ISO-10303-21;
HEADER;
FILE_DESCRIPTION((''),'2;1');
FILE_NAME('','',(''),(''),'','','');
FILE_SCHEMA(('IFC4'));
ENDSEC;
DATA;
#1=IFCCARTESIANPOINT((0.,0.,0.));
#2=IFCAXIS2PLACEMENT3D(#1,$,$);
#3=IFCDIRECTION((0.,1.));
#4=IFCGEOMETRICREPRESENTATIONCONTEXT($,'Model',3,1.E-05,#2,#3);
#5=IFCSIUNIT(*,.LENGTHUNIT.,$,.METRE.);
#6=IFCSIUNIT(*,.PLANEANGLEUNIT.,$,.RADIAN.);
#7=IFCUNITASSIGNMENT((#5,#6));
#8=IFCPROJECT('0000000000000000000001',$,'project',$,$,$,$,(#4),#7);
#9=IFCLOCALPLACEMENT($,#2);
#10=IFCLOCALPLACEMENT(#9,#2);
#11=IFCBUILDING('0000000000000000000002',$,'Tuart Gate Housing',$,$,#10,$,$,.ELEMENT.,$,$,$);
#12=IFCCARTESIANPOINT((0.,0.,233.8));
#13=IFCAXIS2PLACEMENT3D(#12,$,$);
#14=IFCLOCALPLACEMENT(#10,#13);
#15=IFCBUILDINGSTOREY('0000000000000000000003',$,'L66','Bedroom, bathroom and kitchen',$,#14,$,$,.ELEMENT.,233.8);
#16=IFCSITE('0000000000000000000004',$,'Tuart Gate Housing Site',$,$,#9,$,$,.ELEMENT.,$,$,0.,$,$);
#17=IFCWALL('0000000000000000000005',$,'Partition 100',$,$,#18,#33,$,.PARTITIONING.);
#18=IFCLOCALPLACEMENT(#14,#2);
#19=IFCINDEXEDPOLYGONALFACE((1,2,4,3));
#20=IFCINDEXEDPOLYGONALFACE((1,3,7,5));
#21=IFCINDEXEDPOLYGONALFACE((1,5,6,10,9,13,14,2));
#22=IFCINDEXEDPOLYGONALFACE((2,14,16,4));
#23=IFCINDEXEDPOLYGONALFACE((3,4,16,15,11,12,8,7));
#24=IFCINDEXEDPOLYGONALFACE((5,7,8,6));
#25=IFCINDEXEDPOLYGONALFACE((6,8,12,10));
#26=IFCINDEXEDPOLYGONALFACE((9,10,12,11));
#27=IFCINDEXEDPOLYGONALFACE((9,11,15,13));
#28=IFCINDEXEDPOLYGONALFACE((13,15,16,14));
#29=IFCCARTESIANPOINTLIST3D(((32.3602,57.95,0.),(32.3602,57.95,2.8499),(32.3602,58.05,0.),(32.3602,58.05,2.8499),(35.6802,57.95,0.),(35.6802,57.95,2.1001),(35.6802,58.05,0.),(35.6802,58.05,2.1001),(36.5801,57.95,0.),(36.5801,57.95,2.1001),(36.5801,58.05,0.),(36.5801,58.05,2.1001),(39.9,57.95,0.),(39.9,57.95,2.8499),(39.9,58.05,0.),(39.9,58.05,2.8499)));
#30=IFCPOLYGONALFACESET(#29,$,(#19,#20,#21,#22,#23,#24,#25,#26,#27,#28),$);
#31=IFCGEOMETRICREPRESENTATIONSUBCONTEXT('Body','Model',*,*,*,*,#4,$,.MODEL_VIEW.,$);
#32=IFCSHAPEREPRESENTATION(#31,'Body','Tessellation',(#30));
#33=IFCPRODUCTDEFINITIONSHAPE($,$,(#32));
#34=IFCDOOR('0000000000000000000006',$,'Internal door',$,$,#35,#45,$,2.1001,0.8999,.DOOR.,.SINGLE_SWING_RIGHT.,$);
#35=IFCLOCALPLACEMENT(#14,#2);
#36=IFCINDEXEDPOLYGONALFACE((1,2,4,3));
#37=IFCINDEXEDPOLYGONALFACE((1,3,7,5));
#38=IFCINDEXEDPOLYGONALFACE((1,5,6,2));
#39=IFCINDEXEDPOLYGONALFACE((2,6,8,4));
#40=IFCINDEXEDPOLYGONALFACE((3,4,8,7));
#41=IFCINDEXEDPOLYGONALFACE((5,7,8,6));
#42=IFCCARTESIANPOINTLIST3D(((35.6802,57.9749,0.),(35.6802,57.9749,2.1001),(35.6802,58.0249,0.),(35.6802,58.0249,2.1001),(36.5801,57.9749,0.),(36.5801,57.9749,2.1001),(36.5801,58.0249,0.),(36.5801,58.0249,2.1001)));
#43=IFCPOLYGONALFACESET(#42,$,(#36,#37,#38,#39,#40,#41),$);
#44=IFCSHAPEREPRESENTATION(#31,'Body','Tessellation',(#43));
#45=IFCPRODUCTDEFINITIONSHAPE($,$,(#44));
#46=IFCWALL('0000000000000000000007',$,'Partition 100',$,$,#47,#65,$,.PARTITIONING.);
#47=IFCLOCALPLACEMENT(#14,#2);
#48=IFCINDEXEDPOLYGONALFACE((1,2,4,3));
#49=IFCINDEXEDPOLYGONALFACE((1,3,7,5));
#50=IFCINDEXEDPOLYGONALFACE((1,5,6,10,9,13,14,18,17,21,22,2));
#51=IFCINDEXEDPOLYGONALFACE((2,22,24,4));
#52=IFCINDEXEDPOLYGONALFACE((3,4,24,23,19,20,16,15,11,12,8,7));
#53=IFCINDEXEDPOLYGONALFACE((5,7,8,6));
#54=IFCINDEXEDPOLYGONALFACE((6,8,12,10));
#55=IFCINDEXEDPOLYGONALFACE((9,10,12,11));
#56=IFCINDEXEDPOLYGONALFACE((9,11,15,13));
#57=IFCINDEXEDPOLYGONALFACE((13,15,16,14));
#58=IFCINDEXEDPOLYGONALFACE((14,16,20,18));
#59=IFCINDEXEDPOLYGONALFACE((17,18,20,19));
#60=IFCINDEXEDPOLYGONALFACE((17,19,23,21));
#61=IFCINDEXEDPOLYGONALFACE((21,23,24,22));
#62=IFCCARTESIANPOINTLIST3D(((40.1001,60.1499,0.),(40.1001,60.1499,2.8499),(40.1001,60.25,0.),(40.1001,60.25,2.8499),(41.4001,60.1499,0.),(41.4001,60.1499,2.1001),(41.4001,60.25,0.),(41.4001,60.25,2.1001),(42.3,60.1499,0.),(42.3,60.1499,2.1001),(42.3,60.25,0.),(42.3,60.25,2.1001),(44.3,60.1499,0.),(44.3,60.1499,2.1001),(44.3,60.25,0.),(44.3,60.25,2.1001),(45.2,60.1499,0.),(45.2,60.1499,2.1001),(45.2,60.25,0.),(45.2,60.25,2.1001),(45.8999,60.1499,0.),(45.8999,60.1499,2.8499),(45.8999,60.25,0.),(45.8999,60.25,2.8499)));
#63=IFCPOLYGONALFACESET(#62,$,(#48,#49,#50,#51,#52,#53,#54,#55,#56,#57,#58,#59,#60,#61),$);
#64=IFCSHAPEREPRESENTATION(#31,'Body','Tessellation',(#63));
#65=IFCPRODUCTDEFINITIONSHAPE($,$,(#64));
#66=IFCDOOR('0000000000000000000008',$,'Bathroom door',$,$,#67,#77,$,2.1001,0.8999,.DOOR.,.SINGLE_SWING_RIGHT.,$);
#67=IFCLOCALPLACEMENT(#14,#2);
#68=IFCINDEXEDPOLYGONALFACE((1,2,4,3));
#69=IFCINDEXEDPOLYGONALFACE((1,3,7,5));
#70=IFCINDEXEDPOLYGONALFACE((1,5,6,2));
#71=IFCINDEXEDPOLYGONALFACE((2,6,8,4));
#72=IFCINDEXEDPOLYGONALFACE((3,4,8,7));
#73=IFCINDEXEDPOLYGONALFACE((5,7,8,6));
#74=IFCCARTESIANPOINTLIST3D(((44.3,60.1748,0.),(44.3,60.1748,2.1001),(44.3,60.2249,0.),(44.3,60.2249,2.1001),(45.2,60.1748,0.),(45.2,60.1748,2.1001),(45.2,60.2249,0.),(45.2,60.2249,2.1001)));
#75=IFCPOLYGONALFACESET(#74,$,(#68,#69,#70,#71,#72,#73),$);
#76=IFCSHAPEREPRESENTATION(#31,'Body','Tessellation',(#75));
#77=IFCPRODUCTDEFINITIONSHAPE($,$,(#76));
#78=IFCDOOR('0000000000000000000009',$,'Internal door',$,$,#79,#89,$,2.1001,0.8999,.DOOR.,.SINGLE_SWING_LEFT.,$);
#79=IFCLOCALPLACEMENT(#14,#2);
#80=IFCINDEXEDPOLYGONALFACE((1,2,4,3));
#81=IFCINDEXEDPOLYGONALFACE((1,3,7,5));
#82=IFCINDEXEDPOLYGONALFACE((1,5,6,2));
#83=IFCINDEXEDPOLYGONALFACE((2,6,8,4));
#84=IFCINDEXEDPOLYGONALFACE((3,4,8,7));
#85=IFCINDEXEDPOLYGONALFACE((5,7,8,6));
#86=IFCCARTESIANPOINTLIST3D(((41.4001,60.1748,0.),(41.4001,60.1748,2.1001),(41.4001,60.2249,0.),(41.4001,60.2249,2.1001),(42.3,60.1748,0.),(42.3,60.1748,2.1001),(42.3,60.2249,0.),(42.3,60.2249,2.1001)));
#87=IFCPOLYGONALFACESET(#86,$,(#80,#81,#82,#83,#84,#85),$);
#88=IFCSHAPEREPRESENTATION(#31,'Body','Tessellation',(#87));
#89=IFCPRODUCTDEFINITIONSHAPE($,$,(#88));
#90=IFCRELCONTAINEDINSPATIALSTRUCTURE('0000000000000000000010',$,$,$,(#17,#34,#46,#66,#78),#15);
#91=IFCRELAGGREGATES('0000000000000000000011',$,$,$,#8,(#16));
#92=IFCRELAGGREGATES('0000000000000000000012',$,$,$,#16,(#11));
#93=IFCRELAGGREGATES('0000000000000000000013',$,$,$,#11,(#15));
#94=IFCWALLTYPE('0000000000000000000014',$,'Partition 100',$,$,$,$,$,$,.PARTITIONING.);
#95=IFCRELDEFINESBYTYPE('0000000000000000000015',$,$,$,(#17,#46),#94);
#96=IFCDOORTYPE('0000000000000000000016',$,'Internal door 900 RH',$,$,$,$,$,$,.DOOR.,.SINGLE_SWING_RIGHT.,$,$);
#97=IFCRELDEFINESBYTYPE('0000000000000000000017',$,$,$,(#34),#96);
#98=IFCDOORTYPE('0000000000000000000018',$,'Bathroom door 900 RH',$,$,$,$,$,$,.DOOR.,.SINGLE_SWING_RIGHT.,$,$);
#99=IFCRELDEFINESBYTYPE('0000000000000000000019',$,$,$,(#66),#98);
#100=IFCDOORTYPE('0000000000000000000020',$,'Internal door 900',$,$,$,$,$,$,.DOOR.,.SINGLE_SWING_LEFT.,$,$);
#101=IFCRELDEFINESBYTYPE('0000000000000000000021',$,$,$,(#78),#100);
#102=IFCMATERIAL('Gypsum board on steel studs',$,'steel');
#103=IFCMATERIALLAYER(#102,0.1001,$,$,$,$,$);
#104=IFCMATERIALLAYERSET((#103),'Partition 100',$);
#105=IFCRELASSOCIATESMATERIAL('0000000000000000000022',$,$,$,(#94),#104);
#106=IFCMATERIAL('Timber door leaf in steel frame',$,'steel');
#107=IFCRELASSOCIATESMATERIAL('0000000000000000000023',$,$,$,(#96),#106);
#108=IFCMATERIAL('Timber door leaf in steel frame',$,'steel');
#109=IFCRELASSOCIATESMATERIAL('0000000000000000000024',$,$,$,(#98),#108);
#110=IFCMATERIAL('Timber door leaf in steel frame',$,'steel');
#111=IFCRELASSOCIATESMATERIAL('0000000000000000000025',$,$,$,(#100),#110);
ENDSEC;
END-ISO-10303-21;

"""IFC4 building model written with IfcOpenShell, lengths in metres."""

from ifc_helpers import new_model, si_unit, direction, frame, frame_2d, origin, place, context, subcontext, project, spatial, rectangle, extrude, material, layer, layer_set, type_object, element, fill, save


model = new_model("IFC4")

# Units and contexts
model_context = context("Model", 3, precision=1e-05, world=origin(), true_north=direction((0.0, 1.0)))
body_context = subcontext(model_context, "Body", "Model", "MODEL_VIEW")
ifc_project = project(units=[si_unit("LENGTHUNIT", "METRE"), si_unit("PLANEANGLEUNIT", "RADIAN")], contexts=[model_context])

# Site, building, storey
site_placement = place(None, origin())
site = spatial("IfcSite", under=ifc_project, at=site_placement, Name="Tuart Gate Housing Site", CompositionType="ELEMENT", RefElevation=0.0)
building_placement = place(site_placement, origin())
building = spatial("IfcBuilding", under=site, at=building_placement, Name="Tuart Gate Housing", CompositionType="ELEMENT")
storey_placement = place(building_placement, frame((0.0, 0.0, 233.8)))
storey = spatial("IfcBuildingStorey", under=building, at=storey_placement, Name="L66", Description="Bedroom, bathroom and kitchen", CompositionType="ELEMENT", Elevation=233.8)

# Shared definitions
ifc_material_1 = material(Name="Gypsum board on steel studs", Category="steel")
ifc_layer_1 = layer(ifc_material_1, 0.1001)
ifc_layer_set_1 = layer_set([ifc_layer_1], Name="Partition 100")
wall_type_1 = type_object("IfcWallType", Name="Partition 100", PredefinedType="PARTITIONING", material=ifc_layer_set_1)

# Wall, opening, door
wall_1_placement = place(storey_placement, frame((32.3601, 58.0, 0.0), z_axis=(0.0, 0.0, 1.0), x_axis=(1.0, 0.0, 0.0)))
wall_1 = element("IfcWall", 1, at=wall_1_placement, inside=storey, type_object=wall_type_1, Name="Partition 100", PredefinedType="PARTITIONING", context=body_context, shape_type="SweptSolid", body=[
    extrude(rectangle(XDim=7.5398, YDim=0.1001, at=frame_2d((3.77, 0.0))), origin(), (0.0, 0.0, 1.0), 2.8499),
])
opening_1_placement = place(wall_1_placement, frame((3.3201, 0.0, 0.0)))
opening_1 = element("IfcOpeningElement", 2, at=opening_1_placement, cuts=wall_1, PredefinedType="OPENING", context=body_context, shape_type="SweptSolid", body=[
    extrude(rectangle(XDim=0.8999, YDim=2.1001, at=frame_2d((0.45, 1.05))), frame((0.0, 0.0601, 0.0), z_axis=(0.0, -1.0, 0.0), x_axis=(1.0, 0.0, 0.0)), (0.0, 0.0, 1.0), 0.1201),
])
ifc_material_2 = material(Name="Timber door leaf in steel frame", Category="steel")
door_type_1 = type_object("IfcDoorType", Name="Internal door 900 RH", OperationType="SINGLE_SWING_RIGHT", PredefinedType="DOOR", material=ifc_material_2)
door_1_placement = place(opening_1_placement, frame((0.8999, 0.0, 0.0), z_axis=(0.0, 0.0, 1.0), x_axis=(-1.0, 0.0, 0.0)))
door_1 = element("IfcDoor", 3, at=door_1_placement, inside=storey, type_object=door_type_1, Name="Internal door", OperationType="SINGLE_SWING_RIGHT", OverallHeight=2.1001, OverallWidth=0.8999, PredefinedType="DOOR", context=body_context, shape_type="SweptSolid", body=[
    extrude(rectangle(XDim=0.8999, YDim=2.1001, at=frame_2d((0.45, 1.05))), frame((0.0, 0.0251, 0.0), z_axis=(0.0, -1.0, 0.0), x_axis=(1.0, 0.0, 0.0)), (0.0, 0.0, 1.0), 0.05),
])
fill(opening_1, door_1)

# Wall, openings, doors
wall_2_placement = place(storey_placement, frame((40.1001, 60.2, 0.0), z_axis=(0.0, 0.0, 1.0), x_axis=(1.0, 0.0, 0.0)))
wall_2 = element("IfcWall", 4, at=wall_2_placement, inside=storey, type_object=wall_type_1, Name="Partition 100", PredefinedType="PARTITIONING", context=body_context, shape_type="SweptSolid", body=[
    extrude(rectangle(XDim=5.7998, YDim=0.1001, at=frame_2d((2.8999, 0.0))), origin(), (0.0, 0.0, 1.0), 2.8499),
])
opening_2_placement = place(wall_2_placement, frame((1.3, 0.0, 0.0)))
opening_2 = element("IfcOpeningElement", 5, at=opening_2_placement, cuts=wall_2, PredefinedType="OPENING", context=body_context, shape_type="SweptSolid", body=[
    extrude(rectangle(XDim=0.8999, YDim=2.1001, at=frame_2d((0.45, 1.05))), frame((0.0, 0.0601, 0.0), z_axis=(0.0, -1.0, 0.0), x_axis=(1.0, 0.0, 0.0)), (0.0, 0.0, 1.0), 0.1201),
])
opening_3_placement = place(wall_2_placement, frame((4.2, 0.0, 0.0)))
opening_3 = element("IfcOpeningElement", 6, at=opening_3_placement, cuts=wall_2, PredefinedType="OPENING", context=body_context, shape_type="SweptSolid", body=[
    extrude(rectangle(XDim=0.8999, YDim=2.1001, at=frame_2d((0.45, 1.05))), frame((0.0, 0.0601, 0.0), z_axis=(0.0, -1.0, 0.0), x_axis=(1.0, 0.0, 0.0)), (0.0, 0.0, 1.0), 0.1201),
])
ifc_material_3 = material(Name="Timber door leaf in steel frame", Category="steel")
door_type_2 = type_object("IfcDoorType", Name="Bathroom door 900 RH", OperationType="SINGLE_SWING_RIGHT", PredefinedType="DOOR", material=ifc_material_3)
door_2_placement = place(opening_3_placement, frame((0.8999, 0.0, 0.0), z_axis=(0.0, 0.0, 1.0), x_axis=(-1.0, 0.0, 0.0)))
door_2 = element("IfcDoor", 7, at=door_2_placement, inside=storey, type_object=door_type_2, Name="Bathroom door", OperationType="SINGLE_SWING_RIGHT", OverallHeight=2.1001, OverallWidth=0.8999, PredefinedType="DOOR", context=body_context, shape_type="SweptSolid", body=[
    extrude(rectangle(XDim=0.8999, YDim=2.1001, at=frame_2d((0.45, 1.05))), frame((0.0, 0.0251, 0.0), z_axis=(0.0, -1.0, 0.0), x_axis=(1.0, 0.0, 0.0)), (0.0, 0.0, 1.0), 0.05),
])
fill(opening_3, door_2)
ifc_material_4 = material(Name="Timber door leaf in steel frame", Category="steel")
door_type_3 = type_object("IfcDoorType", Name="Internal door 900", OperationType="SINGLE_SWING_LEFT", PredefinedType="DOOR", material=ifc_material_4)
door_3_placement = place(opening_2_placement, frame((0.8999, 0.0, 0.0), z_axis=(0.0, 0.0, 1.0), x_axis=(-1.0, 0.0, 0.0)))
door_3 = element("IfcDoor", 8, at=door_3_placement, inside=storey, type_object=door_type_3, Name="Internal door", OperationType="SINGLE_SWING_LEFT", OverallHeight=2.1001, OverallWidth=0.8999, PredefinedType="DOOR", context=body_context, shape_type="SweptSolid", body=[
    extrude(rectangle(XDim=0.8999, YDim=2.1001, at=frame_2d((0.45, 1.05))), frame((0.0, 0.0251, 0.0), z_axis=(0.0, -1.0, 0.0), x_axis=(1.0, 0.0, 0.0)), (0.0, 0.0, 1.0), 0.05),
])
fill(opening_2, door_3)

save(model, "model.ifc")
